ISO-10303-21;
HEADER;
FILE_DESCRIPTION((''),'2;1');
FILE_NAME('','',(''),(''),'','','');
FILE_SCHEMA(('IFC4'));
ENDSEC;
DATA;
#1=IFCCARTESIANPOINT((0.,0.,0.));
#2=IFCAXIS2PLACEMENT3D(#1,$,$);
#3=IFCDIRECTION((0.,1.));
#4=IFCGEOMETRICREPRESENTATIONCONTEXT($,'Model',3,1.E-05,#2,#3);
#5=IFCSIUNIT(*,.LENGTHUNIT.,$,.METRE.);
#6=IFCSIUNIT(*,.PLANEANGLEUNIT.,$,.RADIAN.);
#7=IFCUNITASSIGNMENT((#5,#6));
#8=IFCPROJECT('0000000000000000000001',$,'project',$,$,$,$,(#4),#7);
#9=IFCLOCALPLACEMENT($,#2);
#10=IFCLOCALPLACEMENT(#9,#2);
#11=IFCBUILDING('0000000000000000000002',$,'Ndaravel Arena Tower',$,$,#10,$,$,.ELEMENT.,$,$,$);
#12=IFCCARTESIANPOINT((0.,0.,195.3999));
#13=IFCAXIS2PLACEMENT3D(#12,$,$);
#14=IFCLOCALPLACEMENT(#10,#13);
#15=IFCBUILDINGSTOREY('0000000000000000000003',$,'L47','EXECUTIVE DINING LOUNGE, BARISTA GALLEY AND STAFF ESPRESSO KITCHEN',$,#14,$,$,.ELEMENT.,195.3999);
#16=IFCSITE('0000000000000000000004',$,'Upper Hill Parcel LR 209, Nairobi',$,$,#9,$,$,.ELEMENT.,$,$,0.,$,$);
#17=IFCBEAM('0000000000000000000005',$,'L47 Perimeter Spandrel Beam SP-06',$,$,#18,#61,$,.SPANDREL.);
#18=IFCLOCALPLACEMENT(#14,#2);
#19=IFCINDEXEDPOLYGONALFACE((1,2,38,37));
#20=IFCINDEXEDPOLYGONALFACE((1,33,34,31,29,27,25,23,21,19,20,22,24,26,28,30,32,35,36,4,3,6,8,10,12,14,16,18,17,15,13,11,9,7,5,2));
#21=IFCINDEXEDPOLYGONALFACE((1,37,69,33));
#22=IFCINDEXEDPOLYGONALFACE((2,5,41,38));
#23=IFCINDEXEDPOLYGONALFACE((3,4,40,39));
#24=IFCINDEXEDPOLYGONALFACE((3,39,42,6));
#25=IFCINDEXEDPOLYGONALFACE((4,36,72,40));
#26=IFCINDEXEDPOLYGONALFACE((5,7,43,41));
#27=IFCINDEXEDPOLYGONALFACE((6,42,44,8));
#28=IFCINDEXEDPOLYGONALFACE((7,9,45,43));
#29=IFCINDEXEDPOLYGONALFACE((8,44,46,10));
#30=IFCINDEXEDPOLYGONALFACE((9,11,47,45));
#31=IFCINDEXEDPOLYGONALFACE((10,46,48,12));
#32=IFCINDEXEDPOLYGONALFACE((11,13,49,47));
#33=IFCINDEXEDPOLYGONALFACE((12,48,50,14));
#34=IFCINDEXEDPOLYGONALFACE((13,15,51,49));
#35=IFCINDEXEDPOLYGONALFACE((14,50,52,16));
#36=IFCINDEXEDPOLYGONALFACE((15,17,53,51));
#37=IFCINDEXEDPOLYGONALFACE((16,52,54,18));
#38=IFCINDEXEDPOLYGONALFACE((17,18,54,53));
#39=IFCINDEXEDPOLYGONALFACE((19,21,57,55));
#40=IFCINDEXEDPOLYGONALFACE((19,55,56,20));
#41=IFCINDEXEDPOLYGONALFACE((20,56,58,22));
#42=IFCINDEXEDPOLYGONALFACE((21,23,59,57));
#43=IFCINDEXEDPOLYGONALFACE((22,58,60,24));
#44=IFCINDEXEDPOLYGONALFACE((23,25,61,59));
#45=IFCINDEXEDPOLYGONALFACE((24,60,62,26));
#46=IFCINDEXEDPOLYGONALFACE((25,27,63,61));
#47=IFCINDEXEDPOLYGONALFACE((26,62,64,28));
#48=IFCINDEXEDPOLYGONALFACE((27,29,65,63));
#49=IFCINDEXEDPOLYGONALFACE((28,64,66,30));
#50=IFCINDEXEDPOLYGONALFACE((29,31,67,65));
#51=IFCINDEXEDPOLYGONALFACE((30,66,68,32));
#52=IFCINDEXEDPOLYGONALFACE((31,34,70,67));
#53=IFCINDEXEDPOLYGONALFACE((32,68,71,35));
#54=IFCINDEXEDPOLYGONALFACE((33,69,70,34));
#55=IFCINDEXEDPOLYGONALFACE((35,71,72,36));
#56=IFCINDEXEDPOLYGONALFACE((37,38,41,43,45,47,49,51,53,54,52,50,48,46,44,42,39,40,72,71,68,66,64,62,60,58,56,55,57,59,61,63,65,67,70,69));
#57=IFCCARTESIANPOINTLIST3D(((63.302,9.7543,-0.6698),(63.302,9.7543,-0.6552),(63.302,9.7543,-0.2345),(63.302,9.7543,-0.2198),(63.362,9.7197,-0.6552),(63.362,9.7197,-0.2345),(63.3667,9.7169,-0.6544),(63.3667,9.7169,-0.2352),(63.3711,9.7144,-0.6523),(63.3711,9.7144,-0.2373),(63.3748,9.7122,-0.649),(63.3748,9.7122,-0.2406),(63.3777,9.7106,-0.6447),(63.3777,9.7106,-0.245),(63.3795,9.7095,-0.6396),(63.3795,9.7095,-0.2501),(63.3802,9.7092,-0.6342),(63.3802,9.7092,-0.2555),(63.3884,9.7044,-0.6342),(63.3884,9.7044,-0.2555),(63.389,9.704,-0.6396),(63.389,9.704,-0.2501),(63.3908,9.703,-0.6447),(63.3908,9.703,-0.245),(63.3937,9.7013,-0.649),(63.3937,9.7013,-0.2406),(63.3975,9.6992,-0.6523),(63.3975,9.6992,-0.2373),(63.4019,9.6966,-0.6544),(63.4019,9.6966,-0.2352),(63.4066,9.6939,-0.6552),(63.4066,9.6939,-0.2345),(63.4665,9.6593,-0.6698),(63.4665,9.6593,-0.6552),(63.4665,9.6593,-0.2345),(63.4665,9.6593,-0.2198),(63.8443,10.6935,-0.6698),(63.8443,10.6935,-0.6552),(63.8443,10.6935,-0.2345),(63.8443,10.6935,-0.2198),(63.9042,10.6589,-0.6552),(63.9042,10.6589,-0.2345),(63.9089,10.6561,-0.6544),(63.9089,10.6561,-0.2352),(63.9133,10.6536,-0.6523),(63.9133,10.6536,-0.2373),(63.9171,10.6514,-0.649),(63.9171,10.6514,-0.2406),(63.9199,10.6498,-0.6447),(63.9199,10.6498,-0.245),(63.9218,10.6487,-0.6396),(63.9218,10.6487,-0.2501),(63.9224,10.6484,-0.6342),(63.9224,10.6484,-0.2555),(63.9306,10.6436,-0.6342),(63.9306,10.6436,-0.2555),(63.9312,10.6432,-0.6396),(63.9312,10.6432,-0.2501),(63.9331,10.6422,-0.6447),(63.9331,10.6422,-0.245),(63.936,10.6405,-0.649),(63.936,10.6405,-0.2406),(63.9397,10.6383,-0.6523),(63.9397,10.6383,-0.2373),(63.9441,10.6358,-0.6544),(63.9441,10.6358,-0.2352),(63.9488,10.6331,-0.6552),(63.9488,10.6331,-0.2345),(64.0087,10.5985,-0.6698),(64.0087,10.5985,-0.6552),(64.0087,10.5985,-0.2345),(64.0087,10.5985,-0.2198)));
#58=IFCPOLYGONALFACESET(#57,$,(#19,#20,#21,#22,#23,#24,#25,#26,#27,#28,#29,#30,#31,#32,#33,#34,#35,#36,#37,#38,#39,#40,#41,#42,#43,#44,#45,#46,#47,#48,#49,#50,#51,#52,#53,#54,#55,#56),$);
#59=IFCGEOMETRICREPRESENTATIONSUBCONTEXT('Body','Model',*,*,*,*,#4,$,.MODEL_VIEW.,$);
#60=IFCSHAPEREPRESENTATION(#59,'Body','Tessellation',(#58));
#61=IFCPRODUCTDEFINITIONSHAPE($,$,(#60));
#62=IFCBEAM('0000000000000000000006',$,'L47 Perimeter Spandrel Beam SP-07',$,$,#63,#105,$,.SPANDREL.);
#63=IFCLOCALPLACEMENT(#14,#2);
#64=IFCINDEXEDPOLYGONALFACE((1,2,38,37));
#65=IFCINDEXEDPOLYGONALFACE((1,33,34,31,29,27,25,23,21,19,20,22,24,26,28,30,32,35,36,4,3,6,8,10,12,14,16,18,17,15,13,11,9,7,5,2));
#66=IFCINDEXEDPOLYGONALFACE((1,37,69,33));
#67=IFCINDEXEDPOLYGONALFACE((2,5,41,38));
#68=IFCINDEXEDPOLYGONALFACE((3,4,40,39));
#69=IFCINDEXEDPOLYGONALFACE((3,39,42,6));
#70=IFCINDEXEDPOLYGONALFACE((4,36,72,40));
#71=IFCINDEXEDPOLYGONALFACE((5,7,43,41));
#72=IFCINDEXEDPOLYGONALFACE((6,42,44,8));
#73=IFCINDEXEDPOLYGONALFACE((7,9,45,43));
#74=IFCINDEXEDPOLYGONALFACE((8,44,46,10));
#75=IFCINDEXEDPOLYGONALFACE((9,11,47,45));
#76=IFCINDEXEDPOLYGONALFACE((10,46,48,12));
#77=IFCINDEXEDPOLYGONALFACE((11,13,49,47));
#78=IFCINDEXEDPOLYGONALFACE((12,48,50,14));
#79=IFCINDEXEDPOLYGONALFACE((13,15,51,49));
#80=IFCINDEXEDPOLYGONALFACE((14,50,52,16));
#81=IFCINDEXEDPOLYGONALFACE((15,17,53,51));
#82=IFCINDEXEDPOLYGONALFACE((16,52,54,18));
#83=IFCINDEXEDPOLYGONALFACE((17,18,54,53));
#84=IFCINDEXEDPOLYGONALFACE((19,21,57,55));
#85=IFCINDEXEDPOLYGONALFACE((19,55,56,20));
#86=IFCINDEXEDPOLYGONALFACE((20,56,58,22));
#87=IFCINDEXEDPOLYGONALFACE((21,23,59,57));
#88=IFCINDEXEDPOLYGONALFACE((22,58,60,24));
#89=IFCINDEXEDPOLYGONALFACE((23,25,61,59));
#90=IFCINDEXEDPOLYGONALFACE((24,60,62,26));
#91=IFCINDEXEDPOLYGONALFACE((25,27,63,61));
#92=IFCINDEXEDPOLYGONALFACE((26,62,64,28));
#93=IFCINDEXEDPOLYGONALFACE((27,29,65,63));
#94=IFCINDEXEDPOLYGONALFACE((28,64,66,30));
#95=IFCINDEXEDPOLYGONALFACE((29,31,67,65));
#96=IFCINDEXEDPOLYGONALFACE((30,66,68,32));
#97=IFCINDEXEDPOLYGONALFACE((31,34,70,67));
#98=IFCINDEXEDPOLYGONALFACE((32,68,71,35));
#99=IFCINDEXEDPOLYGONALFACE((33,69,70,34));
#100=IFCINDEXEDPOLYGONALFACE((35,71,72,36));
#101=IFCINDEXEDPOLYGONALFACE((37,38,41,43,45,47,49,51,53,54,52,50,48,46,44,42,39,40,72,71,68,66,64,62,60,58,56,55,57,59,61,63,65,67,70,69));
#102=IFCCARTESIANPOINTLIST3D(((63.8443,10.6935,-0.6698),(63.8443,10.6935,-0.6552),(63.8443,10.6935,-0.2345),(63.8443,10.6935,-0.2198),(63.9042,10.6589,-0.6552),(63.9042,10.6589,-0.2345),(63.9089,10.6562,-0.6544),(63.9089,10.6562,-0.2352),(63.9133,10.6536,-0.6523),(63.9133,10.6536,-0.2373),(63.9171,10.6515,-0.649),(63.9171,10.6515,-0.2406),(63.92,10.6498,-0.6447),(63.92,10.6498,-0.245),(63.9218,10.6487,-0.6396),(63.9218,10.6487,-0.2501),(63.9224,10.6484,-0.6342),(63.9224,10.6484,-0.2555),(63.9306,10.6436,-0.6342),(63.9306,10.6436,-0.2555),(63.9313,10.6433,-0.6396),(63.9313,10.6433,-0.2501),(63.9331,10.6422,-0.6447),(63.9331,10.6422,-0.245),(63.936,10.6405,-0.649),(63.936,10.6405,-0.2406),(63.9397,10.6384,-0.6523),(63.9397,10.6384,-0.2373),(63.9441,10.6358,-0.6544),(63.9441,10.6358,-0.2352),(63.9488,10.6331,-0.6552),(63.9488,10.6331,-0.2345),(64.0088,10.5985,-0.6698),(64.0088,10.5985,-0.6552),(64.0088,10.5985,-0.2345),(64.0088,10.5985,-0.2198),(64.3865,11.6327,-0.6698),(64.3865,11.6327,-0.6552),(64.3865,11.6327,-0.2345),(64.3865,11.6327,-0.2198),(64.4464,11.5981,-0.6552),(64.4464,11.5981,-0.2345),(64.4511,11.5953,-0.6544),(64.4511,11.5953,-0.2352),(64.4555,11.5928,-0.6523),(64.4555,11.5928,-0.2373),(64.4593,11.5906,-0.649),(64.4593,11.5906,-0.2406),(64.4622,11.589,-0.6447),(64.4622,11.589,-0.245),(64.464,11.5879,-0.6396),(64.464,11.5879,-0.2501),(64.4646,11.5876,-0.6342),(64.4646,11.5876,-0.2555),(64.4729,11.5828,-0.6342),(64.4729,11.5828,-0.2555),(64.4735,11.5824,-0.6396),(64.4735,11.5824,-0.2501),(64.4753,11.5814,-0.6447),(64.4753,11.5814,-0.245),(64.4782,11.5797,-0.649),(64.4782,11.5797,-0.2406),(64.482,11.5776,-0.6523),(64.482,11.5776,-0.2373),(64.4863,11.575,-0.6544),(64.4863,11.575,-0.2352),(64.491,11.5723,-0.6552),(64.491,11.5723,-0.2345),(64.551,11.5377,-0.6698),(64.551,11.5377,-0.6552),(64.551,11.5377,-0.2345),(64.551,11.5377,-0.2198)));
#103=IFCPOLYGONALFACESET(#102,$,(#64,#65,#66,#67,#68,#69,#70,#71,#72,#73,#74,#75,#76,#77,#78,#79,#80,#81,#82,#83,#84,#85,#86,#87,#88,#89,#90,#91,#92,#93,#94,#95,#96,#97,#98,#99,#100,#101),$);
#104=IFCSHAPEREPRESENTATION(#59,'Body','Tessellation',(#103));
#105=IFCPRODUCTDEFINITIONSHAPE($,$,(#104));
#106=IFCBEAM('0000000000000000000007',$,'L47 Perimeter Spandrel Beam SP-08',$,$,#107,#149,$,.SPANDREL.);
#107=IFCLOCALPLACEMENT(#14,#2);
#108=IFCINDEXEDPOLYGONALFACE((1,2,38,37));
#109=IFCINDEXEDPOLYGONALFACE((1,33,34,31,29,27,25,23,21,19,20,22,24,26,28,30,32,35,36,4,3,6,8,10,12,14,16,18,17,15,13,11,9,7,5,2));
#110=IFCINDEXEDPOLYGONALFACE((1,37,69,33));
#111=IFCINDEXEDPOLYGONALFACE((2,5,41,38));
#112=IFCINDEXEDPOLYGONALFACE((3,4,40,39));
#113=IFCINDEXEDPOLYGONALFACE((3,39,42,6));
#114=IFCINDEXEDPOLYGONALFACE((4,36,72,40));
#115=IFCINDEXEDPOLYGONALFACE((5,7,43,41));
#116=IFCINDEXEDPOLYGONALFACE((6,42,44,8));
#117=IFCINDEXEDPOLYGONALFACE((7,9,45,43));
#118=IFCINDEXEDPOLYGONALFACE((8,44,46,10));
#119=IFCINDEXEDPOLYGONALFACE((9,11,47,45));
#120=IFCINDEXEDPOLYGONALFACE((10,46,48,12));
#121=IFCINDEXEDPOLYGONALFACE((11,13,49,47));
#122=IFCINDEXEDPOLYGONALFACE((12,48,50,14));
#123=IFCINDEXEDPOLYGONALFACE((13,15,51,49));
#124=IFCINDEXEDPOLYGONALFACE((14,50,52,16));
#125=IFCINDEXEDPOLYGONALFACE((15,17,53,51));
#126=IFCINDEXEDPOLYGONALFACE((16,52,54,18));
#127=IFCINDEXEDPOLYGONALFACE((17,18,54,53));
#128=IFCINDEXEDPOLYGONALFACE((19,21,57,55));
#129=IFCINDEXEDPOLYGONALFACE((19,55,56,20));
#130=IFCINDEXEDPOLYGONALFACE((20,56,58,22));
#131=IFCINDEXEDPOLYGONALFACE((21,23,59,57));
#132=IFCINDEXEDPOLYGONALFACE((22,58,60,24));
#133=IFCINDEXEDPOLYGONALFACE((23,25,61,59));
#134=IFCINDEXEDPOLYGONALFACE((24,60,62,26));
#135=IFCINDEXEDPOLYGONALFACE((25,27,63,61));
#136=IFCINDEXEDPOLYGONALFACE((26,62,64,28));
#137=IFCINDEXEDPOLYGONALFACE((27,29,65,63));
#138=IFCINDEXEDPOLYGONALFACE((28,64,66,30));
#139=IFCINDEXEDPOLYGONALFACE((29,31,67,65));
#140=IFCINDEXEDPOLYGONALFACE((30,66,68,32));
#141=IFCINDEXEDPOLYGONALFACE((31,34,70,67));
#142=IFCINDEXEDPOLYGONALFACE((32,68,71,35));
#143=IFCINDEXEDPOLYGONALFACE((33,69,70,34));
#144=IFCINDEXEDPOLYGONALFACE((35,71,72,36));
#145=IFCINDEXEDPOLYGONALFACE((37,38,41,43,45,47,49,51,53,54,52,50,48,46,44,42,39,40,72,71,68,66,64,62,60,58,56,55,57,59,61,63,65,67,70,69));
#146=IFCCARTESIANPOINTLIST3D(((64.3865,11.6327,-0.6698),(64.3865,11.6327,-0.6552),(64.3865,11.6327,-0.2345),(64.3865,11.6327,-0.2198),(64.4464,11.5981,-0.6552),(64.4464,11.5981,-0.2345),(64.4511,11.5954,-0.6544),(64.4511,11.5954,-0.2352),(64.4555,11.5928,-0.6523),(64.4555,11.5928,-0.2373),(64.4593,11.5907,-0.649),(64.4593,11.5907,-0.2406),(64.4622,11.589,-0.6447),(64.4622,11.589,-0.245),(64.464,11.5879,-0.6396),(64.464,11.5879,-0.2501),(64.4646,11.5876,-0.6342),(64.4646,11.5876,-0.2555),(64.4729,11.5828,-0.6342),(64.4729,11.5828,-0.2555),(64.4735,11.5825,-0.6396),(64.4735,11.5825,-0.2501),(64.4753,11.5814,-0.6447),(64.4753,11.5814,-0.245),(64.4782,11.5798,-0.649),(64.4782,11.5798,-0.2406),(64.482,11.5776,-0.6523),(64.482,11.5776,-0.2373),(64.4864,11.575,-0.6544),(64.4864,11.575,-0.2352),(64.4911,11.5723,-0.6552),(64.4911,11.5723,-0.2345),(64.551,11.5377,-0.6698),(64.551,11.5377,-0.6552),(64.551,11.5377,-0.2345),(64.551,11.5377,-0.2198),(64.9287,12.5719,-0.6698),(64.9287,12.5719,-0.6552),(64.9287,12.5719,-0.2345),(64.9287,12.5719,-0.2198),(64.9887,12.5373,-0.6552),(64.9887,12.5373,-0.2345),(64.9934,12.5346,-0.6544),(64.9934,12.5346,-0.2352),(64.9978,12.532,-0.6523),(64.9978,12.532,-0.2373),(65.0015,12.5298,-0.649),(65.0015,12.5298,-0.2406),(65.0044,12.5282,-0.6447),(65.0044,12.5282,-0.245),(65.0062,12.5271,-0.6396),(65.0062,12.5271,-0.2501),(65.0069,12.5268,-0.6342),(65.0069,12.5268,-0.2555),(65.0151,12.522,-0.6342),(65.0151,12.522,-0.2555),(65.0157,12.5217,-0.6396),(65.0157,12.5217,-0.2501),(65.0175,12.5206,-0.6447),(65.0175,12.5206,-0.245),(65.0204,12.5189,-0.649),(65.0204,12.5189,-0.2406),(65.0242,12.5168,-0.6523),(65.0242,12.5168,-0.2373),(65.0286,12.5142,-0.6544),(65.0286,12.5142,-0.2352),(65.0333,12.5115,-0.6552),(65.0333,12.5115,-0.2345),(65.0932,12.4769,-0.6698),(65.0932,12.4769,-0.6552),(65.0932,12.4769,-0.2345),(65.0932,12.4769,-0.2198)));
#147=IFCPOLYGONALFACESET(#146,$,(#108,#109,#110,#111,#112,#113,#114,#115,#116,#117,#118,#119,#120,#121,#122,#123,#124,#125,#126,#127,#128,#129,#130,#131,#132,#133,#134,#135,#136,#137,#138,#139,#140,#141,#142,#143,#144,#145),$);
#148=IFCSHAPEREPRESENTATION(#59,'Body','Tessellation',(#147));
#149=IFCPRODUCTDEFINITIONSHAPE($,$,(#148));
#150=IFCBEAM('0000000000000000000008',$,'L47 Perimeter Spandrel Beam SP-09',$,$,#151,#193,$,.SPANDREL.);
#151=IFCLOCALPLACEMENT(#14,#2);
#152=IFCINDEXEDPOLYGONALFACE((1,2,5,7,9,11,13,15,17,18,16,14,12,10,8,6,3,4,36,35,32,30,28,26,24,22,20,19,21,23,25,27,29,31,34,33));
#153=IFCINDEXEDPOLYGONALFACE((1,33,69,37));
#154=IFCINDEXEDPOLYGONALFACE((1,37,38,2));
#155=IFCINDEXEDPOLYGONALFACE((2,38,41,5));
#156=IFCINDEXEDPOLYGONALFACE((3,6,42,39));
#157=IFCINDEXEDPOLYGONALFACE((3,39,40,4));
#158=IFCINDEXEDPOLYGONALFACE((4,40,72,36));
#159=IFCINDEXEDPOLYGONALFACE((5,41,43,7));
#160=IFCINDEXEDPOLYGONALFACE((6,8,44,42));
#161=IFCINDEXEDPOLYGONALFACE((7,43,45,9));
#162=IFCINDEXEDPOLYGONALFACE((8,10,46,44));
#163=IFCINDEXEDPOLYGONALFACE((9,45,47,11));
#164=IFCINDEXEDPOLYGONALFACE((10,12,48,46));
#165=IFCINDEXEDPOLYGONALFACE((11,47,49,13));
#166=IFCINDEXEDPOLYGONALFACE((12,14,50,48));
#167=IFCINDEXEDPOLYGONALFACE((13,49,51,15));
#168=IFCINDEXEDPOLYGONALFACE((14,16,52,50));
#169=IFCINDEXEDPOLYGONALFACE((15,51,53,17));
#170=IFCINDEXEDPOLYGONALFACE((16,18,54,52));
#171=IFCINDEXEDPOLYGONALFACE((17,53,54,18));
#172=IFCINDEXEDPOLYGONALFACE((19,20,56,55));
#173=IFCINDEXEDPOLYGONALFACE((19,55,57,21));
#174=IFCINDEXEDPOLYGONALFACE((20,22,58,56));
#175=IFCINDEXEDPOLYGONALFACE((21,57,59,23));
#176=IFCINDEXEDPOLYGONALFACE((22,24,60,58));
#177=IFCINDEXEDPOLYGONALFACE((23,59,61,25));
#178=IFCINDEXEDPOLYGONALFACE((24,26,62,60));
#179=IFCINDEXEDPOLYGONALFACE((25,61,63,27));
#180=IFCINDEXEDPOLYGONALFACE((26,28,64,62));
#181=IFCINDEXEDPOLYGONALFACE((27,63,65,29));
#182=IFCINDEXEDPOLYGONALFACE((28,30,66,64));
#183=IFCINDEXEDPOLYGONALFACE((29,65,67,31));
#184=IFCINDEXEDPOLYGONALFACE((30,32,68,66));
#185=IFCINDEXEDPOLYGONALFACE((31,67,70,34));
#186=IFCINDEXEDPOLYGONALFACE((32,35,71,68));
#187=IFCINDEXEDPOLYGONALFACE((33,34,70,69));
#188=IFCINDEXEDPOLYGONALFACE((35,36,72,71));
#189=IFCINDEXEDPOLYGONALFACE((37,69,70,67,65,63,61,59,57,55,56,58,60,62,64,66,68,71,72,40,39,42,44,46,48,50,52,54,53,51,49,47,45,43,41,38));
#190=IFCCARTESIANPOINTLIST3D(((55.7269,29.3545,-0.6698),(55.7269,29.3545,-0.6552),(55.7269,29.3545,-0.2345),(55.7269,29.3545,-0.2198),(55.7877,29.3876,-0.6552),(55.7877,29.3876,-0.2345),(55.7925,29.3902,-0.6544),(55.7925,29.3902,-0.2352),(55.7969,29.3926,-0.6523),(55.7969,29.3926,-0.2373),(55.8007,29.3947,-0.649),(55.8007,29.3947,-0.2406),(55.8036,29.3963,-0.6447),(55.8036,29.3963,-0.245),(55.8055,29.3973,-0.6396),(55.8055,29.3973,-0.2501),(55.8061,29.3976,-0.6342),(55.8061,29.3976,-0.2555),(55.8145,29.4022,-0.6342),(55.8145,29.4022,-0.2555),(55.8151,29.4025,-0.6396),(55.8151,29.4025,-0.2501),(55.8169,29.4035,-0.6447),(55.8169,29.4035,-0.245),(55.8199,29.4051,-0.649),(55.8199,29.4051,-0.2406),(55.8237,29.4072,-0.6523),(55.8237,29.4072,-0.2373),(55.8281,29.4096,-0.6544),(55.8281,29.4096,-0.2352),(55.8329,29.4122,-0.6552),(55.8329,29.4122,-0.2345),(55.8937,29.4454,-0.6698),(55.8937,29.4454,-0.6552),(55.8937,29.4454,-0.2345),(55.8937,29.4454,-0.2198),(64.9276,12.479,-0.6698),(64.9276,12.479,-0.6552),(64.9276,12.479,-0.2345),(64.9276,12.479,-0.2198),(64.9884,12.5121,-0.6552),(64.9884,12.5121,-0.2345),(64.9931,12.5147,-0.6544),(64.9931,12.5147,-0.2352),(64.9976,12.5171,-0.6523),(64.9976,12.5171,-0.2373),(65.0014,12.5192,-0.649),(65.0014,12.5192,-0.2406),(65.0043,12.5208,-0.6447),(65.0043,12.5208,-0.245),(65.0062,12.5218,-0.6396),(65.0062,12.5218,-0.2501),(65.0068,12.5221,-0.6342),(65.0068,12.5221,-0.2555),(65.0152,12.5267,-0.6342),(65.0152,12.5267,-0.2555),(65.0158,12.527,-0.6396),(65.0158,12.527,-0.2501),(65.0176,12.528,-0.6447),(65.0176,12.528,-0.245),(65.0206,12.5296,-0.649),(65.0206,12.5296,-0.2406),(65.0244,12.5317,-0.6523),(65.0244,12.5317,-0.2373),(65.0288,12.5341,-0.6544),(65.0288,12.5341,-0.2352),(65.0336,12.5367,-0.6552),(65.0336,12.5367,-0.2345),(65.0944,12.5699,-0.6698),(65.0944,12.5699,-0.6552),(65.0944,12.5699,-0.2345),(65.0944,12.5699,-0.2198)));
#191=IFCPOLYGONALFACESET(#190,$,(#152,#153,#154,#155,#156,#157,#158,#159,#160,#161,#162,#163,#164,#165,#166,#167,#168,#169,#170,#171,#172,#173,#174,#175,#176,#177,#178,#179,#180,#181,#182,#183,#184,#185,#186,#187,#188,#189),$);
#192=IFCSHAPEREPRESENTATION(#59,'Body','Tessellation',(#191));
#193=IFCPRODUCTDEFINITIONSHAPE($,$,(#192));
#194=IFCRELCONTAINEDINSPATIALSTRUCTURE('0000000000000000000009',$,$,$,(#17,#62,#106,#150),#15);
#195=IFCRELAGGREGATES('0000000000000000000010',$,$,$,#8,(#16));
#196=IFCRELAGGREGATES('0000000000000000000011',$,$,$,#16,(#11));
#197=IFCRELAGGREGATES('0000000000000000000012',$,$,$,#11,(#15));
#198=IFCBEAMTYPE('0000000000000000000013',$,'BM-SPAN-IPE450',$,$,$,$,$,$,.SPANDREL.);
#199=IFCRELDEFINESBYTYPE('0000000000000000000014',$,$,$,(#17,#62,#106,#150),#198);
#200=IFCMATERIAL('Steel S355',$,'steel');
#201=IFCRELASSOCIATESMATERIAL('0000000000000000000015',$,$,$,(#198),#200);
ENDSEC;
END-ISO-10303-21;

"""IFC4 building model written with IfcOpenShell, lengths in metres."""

from ifc_helpers import new_model, si_unit, direction, frame, origin, origin_2d, place, context, subcontext, project, spatial, i_section, extrude, material, material_profile, profile_set, type_object, element, save


model = new_model("IFC4")

# Units and contexts
model_context = context("Model", 3, precision=1e-05, world=origin(), true_north=direction((0.0, 1.0)))
body_context = subcontext(model_context, "Body", "Model", "MODEL_VIEW")
ifc_project = project(units=[si_unit("LENGTHUNIT", "METRE"), si_unit("PLANEANGLEUNIT", "RADIAN")], contexts=[model_context])

# Site, building, storey
site_placement = place(None, origin())
site = spatial("IfcSite", under=ifc_project, at=site_placement, Name="Upper Hill Parcel LR 209, Nairobi", CompositionType="ELEMENT", RefElevation=0.0)
building_placement = place(site_placement, origin())
building = spatial("IfcBuilding", under=site, at=building_placement, Name="Ndaravel Arena Tower", CompositionType="ELEMENT")
storey_placement = place(building_placement, frame((0.0, 0.0, 195.3999)))
storey = spatial("IfcBuildingStorey", under=building, at=storey_placement, Name="L47", Description="EXECUTIVE DINING LOUNGE, BARISTA GALLEY AND STAFF ESPRESSO KITCHEN", CompositionType="ELEMENT", Elevation=195.3999)

# Beams
ifc_material_1 = material(Name="Steel S355", Category="steel")
ifc_material_profile_1 = material_profile(ifc_material_1, i_section(OverallWidth=0.1899, OverallDepth=0.45, WebThickness=0.0095, FlangeThickness=0.0146, FilletRadius=0.021, at=origin_2d()), Name="IPE 450")
ifc_profile_set_1 = profile_set([ifc_material_profile_1], Name="Steel S355")
beam_type = type_object("IfcBeamType", Name="BM-SPAN-IPE450", PredefinedType="SPANDREL", material=ifc_profile_set_1)
for number, where, z_axis, x_axis, name in (
    (1, (63.3843, 9.7068, -0.4448), (0.499989, 0.866032, 0.0), (-0.866032, 0.499989, 0.0), "L47 Perimeter Spandrel Beam SP-06"),
    (2, (63.9265, 10.646, -0.4448), (0.499989, 0.866032, 0.0), (-0.866032, 0.499989, 0.0), "L47 Perimeter Spandrel Beam SP-07"),
    (3, (64.4688, 11.5852, -0.4448), (0.499989, 0.866032, 0.0), (-0.866032, 0.499989, 0.0), "L47 Perimeter Spandrel Beam SP-08"),
):
    element("IfcBeam", number, at=place(storey_placement, frame(where, z_axis=z_axis, x_axis=x_axis)), inside=storey, type_object=beam_type, Name=name, PredefinedType="SPANDREL", context=body_context, shape_type="SweptSolid", body=[
        extrude(i_section(OverallWidth=0.1899, OverallDepth=0.45, WebThickness=0.0095, FlangeThickness=0.0146, FilletRadius=0.021, at=origin_2d()), origin(), (0.0, 0.0, 1.0), 1.0845),
    ])
beam_1_placement = place(storey_placement, frame((65.011, 12.5244, -0.4448), z_axis=(-0.478687, 0.877986, 0.0), x_axis=(-0.877986, -0.478687, 0.0)))
element("IfcBeam", 4, at=beam_1_placement, inside=storey, type_object=beam_type, Name="L47 Perimeter Spandrel Beam SP-09", PredefinedType="SPANDREL", context=body_context, shape_type="SweptSolid", body=[
    extrude(i_section(OverallWidth=0.1899, OverallDepth=0.45, WebThickness=0.0095, FlangeThickness=0.0146, FilletRadius=0.021, at=origin_2d()), origin(), (0.0, 0.0, 1.0), 19.2207),
])

save(model, "model.ifc")
